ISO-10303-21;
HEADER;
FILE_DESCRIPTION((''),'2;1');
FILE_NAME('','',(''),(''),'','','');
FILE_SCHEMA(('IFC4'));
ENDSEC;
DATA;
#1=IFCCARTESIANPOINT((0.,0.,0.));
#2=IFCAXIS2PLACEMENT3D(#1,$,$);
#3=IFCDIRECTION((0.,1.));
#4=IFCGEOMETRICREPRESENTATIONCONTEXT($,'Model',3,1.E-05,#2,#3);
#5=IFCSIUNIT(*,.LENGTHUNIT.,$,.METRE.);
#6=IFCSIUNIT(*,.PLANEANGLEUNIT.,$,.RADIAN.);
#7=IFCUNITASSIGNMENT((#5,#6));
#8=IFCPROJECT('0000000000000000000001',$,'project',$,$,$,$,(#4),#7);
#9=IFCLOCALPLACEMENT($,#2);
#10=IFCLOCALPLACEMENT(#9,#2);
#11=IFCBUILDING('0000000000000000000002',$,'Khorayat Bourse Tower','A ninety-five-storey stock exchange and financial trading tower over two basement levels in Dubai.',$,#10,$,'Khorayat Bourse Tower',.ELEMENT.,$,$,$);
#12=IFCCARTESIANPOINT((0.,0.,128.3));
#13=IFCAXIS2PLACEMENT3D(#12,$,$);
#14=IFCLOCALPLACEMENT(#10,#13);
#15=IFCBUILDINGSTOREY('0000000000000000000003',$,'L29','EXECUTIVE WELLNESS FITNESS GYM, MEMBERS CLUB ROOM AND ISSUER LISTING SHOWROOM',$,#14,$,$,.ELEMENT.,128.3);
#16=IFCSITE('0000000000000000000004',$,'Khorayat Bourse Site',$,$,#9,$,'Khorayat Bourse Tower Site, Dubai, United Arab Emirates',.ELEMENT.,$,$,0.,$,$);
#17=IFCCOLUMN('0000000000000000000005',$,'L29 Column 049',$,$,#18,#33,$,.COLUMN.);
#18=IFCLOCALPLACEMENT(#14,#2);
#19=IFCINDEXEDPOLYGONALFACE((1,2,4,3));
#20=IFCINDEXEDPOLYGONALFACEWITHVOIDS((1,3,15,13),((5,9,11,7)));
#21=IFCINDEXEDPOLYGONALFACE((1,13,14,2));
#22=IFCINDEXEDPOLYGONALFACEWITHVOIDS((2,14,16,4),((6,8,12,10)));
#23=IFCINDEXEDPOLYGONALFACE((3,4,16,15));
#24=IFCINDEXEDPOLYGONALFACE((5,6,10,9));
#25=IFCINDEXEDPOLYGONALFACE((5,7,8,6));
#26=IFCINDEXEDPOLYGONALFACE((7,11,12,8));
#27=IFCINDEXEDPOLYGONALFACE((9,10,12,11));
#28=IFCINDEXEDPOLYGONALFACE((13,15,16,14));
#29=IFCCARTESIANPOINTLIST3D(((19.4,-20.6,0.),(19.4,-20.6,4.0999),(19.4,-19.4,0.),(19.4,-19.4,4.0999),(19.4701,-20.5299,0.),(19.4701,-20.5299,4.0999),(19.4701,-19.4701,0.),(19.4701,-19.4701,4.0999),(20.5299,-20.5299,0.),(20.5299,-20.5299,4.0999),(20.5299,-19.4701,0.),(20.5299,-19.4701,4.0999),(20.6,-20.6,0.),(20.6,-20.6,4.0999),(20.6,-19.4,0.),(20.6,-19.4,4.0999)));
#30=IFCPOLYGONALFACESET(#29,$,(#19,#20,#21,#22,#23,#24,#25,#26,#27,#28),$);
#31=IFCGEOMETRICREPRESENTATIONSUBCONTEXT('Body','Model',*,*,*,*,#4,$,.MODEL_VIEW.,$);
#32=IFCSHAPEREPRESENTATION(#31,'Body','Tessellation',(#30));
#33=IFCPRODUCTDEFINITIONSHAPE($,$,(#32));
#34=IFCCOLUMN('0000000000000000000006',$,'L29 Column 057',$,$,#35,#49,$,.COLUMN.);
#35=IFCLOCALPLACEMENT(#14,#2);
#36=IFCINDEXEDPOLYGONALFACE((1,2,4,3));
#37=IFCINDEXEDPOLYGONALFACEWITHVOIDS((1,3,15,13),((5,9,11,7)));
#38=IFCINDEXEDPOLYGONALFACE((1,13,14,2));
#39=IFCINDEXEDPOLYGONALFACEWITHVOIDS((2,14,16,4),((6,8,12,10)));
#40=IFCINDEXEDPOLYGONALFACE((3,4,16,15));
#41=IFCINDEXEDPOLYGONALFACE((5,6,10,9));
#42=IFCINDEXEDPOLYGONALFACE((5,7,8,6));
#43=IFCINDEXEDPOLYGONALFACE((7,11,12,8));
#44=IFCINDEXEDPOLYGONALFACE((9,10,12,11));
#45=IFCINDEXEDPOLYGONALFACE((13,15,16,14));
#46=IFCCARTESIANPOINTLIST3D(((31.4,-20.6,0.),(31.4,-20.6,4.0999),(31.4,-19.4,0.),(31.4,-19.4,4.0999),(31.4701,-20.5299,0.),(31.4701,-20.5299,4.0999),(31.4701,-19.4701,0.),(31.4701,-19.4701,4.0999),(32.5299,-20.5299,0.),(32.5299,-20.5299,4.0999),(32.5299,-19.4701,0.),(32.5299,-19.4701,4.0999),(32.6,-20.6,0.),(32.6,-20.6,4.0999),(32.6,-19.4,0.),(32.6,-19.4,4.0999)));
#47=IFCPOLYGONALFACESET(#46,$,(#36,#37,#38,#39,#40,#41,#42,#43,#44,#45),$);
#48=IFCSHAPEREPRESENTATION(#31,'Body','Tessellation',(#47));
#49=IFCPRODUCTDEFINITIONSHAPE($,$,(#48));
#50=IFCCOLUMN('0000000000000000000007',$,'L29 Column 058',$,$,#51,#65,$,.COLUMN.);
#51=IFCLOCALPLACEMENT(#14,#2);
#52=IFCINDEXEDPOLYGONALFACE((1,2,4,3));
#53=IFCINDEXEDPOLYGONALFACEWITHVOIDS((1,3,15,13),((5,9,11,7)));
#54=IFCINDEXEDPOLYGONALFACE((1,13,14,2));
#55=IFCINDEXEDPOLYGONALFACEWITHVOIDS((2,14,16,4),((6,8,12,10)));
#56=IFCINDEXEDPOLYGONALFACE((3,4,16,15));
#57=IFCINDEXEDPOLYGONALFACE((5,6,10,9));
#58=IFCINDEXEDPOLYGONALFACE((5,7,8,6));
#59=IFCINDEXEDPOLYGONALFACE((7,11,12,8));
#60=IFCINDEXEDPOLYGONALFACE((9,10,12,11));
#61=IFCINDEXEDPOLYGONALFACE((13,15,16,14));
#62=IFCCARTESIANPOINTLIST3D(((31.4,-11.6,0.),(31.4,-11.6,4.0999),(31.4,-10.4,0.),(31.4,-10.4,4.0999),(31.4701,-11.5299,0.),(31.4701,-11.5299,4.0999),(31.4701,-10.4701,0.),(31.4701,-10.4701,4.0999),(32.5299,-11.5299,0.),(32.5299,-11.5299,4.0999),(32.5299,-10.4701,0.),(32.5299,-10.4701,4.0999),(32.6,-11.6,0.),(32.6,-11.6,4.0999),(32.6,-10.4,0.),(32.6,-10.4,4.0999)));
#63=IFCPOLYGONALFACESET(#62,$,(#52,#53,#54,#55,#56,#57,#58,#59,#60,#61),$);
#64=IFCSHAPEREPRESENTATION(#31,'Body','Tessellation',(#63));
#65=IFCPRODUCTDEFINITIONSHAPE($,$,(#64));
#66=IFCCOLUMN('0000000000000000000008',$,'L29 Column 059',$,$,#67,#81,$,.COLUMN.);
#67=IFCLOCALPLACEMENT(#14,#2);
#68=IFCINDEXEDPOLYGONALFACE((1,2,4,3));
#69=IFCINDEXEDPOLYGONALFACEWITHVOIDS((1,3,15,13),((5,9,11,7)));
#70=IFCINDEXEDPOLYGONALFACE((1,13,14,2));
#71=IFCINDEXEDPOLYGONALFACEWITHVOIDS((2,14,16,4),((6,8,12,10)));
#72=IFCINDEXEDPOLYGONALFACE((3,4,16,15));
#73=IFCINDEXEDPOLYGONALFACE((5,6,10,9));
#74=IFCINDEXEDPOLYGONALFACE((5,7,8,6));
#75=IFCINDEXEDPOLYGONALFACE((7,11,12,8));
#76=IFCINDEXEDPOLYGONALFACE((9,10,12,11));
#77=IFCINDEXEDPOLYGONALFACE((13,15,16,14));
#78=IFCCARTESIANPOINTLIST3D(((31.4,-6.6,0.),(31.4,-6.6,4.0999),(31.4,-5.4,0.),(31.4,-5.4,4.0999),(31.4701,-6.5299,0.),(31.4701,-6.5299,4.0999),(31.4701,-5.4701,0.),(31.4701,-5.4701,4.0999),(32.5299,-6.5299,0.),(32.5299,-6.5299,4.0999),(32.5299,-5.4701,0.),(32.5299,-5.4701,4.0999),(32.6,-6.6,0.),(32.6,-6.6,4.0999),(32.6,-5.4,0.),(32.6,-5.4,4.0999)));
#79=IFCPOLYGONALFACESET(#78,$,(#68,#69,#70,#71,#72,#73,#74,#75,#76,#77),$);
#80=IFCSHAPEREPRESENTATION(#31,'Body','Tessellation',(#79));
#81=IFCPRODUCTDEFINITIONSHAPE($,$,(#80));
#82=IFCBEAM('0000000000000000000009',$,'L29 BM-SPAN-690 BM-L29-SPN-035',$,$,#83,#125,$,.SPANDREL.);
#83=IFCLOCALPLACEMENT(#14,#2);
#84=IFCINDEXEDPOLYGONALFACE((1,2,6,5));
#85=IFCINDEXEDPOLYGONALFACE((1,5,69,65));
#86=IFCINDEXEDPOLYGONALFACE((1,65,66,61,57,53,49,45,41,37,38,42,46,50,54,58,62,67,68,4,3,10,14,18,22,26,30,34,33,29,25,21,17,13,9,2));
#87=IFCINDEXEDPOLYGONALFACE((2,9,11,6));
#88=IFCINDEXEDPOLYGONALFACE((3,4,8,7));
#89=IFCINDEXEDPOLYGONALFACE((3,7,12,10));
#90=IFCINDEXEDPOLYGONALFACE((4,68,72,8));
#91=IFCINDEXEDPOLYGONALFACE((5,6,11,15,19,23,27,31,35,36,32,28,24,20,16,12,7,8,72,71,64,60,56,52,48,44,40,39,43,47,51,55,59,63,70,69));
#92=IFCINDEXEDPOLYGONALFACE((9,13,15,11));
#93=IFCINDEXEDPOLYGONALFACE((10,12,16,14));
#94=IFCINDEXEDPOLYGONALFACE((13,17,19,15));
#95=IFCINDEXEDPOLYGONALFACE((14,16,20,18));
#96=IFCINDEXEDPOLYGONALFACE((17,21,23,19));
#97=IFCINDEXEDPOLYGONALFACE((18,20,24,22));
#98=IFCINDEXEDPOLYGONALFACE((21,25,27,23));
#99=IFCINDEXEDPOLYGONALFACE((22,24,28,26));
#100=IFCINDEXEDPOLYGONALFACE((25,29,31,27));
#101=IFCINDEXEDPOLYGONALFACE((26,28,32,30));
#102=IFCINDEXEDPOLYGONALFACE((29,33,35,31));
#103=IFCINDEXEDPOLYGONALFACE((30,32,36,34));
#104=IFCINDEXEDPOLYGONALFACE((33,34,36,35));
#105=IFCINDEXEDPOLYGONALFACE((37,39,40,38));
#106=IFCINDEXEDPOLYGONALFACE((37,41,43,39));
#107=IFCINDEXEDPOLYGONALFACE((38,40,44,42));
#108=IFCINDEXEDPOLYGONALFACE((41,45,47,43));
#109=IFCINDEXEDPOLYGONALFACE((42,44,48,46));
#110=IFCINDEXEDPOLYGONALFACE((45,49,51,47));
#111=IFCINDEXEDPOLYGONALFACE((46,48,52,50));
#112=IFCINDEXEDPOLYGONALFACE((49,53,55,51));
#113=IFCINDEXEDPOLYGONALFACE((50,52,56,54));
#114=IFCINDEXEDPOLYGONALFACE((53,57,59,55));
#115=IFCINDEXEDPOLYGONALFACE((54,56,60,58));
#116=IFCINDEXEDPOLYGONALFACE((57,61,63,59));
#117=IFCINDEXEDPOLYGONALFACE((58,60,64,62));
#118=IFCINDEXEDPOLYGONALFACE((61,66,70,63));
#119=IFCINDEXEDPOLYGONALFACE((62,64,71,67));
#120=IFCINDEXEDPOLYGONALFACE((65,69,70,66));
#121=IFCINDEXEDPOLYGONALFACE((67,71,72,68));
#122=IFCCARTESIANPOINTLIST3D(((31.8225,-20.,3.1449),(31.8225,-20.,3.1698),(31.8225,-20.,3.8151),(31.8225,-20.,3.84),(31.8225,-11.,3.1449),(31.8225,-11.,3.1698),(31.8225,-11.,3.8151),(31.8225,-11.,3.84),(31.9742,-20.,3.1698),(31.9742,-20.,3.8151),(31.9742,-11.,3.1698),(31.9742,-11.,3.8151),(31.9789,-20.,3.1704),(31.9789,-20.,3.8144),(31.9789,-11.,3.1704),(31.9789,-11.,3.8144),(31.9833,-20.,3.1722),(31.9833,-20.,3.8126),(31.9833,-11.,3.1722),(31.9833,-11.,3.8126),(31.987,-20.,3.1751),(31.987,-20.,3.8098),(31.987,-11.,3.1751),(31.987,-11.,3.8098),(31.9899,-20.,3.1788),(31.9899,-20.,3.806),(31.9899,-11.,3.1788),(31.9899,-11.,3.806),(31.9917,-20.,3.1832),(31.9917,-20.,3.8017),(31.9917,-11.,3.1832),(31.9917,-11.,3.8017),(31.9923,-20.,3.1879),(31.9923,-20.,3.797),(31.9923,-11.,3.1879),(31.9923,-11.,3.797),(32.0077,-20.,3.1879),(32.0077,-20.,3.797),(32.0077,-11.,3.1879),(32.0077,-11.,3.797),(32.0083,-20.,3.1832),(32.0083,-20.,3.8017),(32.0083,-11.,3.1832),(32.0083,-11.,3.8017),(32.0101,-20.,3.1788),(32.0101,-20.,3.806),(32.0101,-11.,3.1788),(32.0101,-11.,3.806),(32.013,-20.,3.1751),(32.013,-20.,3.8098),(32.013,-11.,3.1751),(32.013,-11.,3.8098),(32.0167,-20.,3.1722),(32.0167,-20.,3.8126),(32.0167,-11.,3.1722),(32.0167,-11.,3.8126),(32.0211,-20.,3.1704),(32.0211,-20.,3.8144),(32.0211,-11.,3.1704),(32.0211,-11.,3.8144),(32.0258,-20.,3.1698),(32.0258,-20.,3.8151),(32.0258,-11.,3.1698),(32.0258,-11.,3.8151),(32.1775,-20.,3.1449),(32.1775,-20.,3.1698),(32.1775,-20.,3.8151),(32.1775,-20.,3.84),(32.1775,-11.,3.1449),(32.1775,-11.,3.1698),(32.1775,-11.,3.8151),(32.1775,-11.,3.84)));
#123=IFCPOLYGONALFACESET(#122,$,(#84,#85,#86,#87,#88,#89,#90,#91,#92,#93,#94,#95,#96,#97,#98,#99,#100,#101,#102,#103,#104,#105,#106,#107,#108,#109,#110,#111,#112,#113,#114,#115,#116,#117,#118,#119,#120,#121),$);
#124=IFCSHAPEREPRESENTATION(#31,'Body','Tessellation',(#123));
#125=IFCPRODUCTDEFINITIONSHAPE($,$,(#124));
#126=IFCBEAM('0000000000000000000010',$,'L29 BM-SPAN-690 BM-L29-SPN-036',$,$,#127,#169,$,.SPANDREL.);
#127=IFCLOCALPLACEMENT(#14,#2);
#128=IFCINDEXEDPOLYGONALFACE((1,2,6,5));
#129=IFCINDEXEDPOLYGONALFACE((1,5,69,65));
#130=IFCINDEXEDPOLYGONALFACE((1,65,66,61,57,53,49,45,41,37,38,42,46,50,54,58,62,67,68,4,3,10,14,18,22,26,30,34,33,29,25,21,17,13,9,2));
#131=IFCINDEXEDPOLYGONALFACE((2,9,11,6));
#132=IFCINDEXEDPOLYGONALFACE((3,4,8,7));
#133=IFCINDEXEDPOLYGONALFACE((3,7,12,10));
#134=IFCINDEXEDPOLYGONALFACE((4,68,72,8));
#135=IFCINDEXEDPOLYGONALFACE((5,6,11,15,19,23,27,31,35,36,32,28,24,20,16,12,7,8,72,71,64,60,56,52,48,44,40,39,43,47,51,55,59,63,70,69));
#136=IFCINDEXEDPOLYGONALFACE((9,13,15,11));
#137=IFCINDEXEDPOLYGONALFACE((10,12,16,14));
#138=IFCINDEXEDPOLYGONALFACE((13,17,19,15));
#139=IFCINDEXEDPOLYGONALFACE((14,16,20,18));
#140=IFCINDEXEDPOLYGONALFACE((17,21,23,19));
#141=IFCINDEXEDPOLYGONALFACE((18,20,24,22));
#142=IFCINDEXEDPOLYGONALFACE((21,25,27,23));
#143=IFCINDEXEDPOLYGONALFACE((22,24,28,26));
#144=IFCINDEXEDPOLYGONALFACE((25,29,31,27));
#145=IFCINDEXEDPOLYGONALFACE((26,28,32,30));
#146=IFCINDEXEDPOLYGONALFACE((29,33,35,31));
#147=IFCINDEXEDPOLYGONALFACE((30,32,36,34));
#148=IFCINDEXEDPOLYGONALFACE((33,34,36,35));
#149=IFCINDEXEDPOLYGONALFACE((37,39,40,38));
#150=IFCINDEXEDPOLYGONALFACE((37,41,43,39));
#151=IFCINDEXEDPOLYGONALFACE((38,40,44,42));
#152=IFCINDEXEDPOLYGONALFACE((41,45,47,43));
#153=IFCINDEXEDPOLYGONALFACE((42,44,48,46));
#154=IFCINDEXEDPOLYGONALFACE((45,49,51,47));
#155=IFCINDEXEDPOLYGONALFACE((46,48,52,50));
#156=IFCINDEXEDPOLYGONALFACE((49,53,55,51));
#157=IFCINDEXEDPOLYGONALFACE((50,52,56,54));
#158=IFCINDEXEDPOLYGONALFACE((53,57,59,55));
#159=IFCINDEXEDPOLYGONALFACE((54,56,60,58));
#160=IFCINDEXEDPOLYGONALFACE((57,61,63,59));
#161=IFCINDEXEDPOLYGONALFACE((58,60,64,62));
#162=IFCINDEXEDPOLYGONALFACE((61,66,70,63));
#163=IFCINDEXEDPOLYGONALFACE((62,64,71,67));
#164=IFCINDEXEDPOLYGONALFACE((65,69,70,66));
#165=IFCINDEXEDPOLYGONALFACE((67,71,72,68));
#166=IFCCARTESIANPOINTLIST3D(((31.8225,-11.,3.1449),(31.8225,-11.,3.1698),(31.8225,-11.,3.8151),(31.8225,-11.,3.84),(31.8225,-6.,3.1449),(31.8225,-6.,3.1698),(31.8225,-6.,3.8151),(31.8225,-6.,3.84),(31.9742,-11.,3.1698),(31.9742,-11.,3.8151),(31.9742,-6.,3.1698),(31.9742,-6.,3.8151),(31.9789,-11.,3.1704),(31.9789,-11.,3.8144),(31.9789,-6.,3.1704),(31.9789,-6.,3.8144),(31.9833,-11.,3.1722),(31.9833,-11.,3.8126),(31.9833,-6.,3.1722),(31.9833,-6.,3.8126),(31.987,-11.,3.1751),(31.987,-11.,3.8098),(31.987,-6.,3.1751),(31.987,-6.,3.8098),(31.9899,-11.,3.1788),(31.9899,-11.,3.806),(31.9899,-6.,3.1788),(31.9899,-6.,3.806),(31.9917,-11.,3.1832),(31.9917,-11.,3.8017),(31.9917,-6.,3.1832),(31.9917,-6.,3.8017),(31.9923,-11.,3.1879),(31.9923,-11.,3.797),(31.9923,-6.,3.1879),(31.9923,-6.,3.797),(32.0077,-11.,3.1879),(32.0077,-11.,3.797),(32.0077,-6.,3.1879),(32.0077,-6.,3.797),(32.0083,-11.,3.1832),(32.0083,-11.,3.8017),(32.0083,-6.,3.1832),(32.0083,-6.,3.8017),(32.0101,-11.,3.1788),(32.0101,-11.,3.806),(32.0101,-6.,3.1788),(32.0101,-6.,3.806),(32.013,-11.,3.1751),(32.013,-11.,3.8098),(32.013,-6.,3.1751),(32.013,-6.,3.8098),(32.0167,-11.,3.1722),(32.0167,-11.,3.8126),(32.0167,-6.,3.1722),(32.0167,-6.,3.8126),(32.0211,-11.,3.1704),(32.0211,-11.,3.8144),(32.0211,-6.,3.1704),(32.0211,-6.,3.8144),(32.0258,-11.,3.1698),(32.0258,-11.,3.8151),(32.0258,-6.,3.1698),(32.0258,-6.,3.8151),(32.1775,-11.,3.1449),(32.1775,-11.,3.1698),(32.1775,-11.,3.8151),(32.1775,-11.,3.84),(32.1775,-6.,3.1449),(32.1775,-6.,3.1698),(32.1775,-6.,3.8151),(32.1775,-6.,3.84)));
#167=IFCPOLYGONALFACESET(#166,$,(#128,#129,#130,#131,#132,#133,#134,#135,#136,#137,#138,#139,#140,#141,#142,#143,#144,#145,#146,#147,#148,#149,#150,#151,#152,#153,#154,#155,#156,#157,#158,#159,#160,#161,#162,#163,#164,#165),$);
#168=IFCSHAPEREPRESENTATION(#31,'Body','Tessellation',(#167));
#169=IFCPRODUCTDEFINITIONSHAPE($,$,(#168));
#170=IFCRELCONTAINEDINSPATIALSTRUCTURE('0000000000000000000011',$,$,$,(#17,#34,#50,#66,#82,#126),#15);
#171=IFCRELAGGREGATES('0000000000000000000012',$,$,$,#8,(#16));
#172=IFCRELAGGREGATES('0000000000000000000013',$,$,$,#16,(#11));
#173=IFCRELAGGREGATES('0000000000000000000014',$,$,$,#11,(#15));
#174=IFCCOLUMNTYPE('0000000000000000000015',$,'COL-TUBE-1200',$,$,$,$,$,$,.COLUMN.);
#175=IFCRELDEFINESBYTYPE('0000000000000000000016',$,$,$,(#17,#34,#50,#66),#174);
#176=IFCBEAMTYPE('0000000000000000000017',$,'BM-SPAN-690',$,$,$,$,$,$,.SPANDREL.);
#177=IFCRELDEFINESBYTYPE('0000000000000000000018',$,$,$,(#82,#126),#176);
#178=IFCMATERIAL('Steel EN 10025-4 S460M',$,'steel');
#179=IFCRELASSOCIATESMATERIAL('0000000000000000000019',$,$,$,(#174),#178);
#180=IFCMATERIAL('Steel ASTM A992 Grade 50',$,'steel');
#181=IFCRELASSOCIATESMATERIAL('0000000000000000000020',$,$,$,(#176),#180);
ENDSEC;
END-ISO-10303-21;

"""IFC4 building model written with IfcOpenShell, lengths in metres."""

from ifc_helpers import new_model, si_unit, direction, frame, origin, origin_2d, place, context, subcontext, project, spatial, hollow_rectangle, i_section, extrude, source, transform, mapped, material, material_profile, profile_set, type_object, element, save


model = new_model("IFC4")

# Units and contexts
model_context = context("Model", 3, precision=1e-05, world=origin(), true_north=direction((0.0, 1.0)))
body_context = subcontext(model_context, "Body", "Model", "MODEL_VIEW")
ifc_project = project(units=[si_unit("LENGTHUNIT", "METRE"), si_unit("PLANEANGLEUNIT", "RADIAN")], contexts=[model_context])

# Site, building, storey
site_placement = place(None, origin())
site = spatial("IfcSite", under=ifc_project, at=site_placement, Name="Khorayat Bourse Site", LongName="Khorayat Bourse Tower Site, Dubai, United Arab Emirates", CompositionType="ELEMENT", RefElevation=0.0)
building_placement = place(site_placement, origin())
building = spatial("IfcBuilding", under=site, at=building_placement, Name="Khorayat Bourse Tower", Description="A ninety-five-storey stock exchange and financial trading tower over two basement levels in Dubai.", LongName="Khorayat Bourse Tower", CompositionType="ELEMENT")
storey_placement = place(building_placement, frame((0.0, 0.0, 128.3)))
storey = spatial("IfcBuildingStorey", under=building, at=storey_placement, Name="L29", Description="EXECUTIVE WELLNESS FITNESS GYM, MEMBERS CLUB ROOM AND ISSUER LISTING SHOWROOM", CompositionType="ELEMENT", Elevation=128.3)

# Columns
ifc_material_1 = material(Name="Steel EN 10025-4 S460M", Category="steel")
ifc_material_profile_1 = material_profile(ifc_material_1, hollow_rectangle(XDim=1.2, YDim=1.2, WallThickness=0.0701, at=origin_2d()), Name="BOX 1200x1200x70")
ifc_profile_set_1 = profile_set([ifc_material_profile_1], Name="Steel EN 10025-4 S460M")
column_type = type_object("IfcColumnType", Name="COL-TUBE-1200", PredefinedType="COLUMN", material=ifc_profile_set_1)
shared_shape_1 = source(origin(), body_context, "Body", "SweptSolid", [
    extrude(hollow_rectangle(XDim=1.2, YDim=1.2, WallThickness=0.0701, at=origin_2d()), origin(), (0.0, 0.0, 1.0), 4.0999),
])
for number, where, z_axis, x_axis, name in (
    (1, (20.0, -20.0, 0.0), (0.0, 0.0, 1.0), (1.0, 0.0, 0.0), "L29 Column 049"),
    (2, (32.0, -20.0, 0.0), (0.0, 0.0, 1.0), (1.0, 0.0, 0.0), "L29 Column 057"),
    (3, (32.0, -11.0, 0.0), (0.0, 0.0, 1.0), (1.0, 0.0, 0.0), "L29 Column 058"),
    (4, (32.0, -6.0, 0.0), (0.0, 0.0, 1.0), (1.0, 0.0, 0.0), "L29 Column 059"),
):
    element("IfcColumn", number, at=place(storey_placement, frame(where, z_axis=z_axis, x_axis=x_axis)), inside=storey, type_object=column_type, Name=name, PredefinedType="COLUMN", context=body_context, shape_type="MappedRepresentation", body=[
        mapped(shared_shape_1, transform((0.0, 0.0, 0.0), scale=1.0)),
    ])

# Beams
ifc_material_2 = material(Name="Steel ASTM A992 Grade 50", Category="steel")
ifc_material_profile_2 = material_profile(ifc_material_2, i_section(OverallWidth=0.355, OverallDepth=0.6951, WebThickness=0.0154, FlangeThickness=0.0249, FilletRadius=0.0181, at=origin_2d()), Name="W690X217")
ifc_profile_set_2 = profile_set([ifc_material_profile_2], Name="Steel ASTM A992 Grade 50")
beam_type_1 = type_object("IfcBeamType", Name="BM-SPAN-690", PredefinedType="SPANDREL", material=ifc_profile_set_2)
shared_shape_2 = source(origin(), body_context, "Body", "SweptSolid", [
    extrude(i_section(OverallWidth=0.355, OverallDepth=0.6951, WebThickness=0.0154, FlangeThickness=0.0249, FilletRadius=0.0181, at=origin_2d()), origin(), (0.0, 0.0, 1.0), 9.0),
])
beam_1_placement = place(storey_placement, frame((32.0, -20.0, 3.4924), z_axis=(0.0, 1.0, 0.0), x_axis=(-1.0, 0.0, 0.0)))
element("IfcBeam", 5, at=beam_1_placement, inside=storey, type_object=beam_type_1, Name="L29 BM-SPAN-690 BM-L29-SPN-035", PredefinedType="SPANDREL", context=body_context, shape_type="MappedRepresentation", body=[
    mapped(shared_shape_2, transform((0.0, 0.0, 0.0), scale=1.0)),
])
shared_shape_3 = source(origin(), body_context, "Body", "SweptSolid", [
    extrude(i_section(OverallWidth=0.355, OverallDepth=0.6951, WebThickness=0.0154, FlangeThickness=0.0249, FilletRadius=0.0181, at=origin_2d()), origin(), (0.0, 0.0, 1.0), 5.0),
])
beam_2_placement = place(storey_placement, frame((32.0, -11.0, 3.4924), z_axis=(0.0, 1.0, 0.0), x_axis=(-1.0, 0.0, 0.0)))
element("IfcBeam", 6, at=beam_2_placement, inside=storey, type_object=beam_type_1, Name="L29 BM-SPAN-690 BM-L29-SPN-036", PredefinedType="SPANDREL", context=body_context, shape_type="MappedRepresentation", body=[
    mapped(shared_shape_3, transform((0.0, 0.0, 0.0), scale=1.0)),
])

save(model, "model.ifc")
